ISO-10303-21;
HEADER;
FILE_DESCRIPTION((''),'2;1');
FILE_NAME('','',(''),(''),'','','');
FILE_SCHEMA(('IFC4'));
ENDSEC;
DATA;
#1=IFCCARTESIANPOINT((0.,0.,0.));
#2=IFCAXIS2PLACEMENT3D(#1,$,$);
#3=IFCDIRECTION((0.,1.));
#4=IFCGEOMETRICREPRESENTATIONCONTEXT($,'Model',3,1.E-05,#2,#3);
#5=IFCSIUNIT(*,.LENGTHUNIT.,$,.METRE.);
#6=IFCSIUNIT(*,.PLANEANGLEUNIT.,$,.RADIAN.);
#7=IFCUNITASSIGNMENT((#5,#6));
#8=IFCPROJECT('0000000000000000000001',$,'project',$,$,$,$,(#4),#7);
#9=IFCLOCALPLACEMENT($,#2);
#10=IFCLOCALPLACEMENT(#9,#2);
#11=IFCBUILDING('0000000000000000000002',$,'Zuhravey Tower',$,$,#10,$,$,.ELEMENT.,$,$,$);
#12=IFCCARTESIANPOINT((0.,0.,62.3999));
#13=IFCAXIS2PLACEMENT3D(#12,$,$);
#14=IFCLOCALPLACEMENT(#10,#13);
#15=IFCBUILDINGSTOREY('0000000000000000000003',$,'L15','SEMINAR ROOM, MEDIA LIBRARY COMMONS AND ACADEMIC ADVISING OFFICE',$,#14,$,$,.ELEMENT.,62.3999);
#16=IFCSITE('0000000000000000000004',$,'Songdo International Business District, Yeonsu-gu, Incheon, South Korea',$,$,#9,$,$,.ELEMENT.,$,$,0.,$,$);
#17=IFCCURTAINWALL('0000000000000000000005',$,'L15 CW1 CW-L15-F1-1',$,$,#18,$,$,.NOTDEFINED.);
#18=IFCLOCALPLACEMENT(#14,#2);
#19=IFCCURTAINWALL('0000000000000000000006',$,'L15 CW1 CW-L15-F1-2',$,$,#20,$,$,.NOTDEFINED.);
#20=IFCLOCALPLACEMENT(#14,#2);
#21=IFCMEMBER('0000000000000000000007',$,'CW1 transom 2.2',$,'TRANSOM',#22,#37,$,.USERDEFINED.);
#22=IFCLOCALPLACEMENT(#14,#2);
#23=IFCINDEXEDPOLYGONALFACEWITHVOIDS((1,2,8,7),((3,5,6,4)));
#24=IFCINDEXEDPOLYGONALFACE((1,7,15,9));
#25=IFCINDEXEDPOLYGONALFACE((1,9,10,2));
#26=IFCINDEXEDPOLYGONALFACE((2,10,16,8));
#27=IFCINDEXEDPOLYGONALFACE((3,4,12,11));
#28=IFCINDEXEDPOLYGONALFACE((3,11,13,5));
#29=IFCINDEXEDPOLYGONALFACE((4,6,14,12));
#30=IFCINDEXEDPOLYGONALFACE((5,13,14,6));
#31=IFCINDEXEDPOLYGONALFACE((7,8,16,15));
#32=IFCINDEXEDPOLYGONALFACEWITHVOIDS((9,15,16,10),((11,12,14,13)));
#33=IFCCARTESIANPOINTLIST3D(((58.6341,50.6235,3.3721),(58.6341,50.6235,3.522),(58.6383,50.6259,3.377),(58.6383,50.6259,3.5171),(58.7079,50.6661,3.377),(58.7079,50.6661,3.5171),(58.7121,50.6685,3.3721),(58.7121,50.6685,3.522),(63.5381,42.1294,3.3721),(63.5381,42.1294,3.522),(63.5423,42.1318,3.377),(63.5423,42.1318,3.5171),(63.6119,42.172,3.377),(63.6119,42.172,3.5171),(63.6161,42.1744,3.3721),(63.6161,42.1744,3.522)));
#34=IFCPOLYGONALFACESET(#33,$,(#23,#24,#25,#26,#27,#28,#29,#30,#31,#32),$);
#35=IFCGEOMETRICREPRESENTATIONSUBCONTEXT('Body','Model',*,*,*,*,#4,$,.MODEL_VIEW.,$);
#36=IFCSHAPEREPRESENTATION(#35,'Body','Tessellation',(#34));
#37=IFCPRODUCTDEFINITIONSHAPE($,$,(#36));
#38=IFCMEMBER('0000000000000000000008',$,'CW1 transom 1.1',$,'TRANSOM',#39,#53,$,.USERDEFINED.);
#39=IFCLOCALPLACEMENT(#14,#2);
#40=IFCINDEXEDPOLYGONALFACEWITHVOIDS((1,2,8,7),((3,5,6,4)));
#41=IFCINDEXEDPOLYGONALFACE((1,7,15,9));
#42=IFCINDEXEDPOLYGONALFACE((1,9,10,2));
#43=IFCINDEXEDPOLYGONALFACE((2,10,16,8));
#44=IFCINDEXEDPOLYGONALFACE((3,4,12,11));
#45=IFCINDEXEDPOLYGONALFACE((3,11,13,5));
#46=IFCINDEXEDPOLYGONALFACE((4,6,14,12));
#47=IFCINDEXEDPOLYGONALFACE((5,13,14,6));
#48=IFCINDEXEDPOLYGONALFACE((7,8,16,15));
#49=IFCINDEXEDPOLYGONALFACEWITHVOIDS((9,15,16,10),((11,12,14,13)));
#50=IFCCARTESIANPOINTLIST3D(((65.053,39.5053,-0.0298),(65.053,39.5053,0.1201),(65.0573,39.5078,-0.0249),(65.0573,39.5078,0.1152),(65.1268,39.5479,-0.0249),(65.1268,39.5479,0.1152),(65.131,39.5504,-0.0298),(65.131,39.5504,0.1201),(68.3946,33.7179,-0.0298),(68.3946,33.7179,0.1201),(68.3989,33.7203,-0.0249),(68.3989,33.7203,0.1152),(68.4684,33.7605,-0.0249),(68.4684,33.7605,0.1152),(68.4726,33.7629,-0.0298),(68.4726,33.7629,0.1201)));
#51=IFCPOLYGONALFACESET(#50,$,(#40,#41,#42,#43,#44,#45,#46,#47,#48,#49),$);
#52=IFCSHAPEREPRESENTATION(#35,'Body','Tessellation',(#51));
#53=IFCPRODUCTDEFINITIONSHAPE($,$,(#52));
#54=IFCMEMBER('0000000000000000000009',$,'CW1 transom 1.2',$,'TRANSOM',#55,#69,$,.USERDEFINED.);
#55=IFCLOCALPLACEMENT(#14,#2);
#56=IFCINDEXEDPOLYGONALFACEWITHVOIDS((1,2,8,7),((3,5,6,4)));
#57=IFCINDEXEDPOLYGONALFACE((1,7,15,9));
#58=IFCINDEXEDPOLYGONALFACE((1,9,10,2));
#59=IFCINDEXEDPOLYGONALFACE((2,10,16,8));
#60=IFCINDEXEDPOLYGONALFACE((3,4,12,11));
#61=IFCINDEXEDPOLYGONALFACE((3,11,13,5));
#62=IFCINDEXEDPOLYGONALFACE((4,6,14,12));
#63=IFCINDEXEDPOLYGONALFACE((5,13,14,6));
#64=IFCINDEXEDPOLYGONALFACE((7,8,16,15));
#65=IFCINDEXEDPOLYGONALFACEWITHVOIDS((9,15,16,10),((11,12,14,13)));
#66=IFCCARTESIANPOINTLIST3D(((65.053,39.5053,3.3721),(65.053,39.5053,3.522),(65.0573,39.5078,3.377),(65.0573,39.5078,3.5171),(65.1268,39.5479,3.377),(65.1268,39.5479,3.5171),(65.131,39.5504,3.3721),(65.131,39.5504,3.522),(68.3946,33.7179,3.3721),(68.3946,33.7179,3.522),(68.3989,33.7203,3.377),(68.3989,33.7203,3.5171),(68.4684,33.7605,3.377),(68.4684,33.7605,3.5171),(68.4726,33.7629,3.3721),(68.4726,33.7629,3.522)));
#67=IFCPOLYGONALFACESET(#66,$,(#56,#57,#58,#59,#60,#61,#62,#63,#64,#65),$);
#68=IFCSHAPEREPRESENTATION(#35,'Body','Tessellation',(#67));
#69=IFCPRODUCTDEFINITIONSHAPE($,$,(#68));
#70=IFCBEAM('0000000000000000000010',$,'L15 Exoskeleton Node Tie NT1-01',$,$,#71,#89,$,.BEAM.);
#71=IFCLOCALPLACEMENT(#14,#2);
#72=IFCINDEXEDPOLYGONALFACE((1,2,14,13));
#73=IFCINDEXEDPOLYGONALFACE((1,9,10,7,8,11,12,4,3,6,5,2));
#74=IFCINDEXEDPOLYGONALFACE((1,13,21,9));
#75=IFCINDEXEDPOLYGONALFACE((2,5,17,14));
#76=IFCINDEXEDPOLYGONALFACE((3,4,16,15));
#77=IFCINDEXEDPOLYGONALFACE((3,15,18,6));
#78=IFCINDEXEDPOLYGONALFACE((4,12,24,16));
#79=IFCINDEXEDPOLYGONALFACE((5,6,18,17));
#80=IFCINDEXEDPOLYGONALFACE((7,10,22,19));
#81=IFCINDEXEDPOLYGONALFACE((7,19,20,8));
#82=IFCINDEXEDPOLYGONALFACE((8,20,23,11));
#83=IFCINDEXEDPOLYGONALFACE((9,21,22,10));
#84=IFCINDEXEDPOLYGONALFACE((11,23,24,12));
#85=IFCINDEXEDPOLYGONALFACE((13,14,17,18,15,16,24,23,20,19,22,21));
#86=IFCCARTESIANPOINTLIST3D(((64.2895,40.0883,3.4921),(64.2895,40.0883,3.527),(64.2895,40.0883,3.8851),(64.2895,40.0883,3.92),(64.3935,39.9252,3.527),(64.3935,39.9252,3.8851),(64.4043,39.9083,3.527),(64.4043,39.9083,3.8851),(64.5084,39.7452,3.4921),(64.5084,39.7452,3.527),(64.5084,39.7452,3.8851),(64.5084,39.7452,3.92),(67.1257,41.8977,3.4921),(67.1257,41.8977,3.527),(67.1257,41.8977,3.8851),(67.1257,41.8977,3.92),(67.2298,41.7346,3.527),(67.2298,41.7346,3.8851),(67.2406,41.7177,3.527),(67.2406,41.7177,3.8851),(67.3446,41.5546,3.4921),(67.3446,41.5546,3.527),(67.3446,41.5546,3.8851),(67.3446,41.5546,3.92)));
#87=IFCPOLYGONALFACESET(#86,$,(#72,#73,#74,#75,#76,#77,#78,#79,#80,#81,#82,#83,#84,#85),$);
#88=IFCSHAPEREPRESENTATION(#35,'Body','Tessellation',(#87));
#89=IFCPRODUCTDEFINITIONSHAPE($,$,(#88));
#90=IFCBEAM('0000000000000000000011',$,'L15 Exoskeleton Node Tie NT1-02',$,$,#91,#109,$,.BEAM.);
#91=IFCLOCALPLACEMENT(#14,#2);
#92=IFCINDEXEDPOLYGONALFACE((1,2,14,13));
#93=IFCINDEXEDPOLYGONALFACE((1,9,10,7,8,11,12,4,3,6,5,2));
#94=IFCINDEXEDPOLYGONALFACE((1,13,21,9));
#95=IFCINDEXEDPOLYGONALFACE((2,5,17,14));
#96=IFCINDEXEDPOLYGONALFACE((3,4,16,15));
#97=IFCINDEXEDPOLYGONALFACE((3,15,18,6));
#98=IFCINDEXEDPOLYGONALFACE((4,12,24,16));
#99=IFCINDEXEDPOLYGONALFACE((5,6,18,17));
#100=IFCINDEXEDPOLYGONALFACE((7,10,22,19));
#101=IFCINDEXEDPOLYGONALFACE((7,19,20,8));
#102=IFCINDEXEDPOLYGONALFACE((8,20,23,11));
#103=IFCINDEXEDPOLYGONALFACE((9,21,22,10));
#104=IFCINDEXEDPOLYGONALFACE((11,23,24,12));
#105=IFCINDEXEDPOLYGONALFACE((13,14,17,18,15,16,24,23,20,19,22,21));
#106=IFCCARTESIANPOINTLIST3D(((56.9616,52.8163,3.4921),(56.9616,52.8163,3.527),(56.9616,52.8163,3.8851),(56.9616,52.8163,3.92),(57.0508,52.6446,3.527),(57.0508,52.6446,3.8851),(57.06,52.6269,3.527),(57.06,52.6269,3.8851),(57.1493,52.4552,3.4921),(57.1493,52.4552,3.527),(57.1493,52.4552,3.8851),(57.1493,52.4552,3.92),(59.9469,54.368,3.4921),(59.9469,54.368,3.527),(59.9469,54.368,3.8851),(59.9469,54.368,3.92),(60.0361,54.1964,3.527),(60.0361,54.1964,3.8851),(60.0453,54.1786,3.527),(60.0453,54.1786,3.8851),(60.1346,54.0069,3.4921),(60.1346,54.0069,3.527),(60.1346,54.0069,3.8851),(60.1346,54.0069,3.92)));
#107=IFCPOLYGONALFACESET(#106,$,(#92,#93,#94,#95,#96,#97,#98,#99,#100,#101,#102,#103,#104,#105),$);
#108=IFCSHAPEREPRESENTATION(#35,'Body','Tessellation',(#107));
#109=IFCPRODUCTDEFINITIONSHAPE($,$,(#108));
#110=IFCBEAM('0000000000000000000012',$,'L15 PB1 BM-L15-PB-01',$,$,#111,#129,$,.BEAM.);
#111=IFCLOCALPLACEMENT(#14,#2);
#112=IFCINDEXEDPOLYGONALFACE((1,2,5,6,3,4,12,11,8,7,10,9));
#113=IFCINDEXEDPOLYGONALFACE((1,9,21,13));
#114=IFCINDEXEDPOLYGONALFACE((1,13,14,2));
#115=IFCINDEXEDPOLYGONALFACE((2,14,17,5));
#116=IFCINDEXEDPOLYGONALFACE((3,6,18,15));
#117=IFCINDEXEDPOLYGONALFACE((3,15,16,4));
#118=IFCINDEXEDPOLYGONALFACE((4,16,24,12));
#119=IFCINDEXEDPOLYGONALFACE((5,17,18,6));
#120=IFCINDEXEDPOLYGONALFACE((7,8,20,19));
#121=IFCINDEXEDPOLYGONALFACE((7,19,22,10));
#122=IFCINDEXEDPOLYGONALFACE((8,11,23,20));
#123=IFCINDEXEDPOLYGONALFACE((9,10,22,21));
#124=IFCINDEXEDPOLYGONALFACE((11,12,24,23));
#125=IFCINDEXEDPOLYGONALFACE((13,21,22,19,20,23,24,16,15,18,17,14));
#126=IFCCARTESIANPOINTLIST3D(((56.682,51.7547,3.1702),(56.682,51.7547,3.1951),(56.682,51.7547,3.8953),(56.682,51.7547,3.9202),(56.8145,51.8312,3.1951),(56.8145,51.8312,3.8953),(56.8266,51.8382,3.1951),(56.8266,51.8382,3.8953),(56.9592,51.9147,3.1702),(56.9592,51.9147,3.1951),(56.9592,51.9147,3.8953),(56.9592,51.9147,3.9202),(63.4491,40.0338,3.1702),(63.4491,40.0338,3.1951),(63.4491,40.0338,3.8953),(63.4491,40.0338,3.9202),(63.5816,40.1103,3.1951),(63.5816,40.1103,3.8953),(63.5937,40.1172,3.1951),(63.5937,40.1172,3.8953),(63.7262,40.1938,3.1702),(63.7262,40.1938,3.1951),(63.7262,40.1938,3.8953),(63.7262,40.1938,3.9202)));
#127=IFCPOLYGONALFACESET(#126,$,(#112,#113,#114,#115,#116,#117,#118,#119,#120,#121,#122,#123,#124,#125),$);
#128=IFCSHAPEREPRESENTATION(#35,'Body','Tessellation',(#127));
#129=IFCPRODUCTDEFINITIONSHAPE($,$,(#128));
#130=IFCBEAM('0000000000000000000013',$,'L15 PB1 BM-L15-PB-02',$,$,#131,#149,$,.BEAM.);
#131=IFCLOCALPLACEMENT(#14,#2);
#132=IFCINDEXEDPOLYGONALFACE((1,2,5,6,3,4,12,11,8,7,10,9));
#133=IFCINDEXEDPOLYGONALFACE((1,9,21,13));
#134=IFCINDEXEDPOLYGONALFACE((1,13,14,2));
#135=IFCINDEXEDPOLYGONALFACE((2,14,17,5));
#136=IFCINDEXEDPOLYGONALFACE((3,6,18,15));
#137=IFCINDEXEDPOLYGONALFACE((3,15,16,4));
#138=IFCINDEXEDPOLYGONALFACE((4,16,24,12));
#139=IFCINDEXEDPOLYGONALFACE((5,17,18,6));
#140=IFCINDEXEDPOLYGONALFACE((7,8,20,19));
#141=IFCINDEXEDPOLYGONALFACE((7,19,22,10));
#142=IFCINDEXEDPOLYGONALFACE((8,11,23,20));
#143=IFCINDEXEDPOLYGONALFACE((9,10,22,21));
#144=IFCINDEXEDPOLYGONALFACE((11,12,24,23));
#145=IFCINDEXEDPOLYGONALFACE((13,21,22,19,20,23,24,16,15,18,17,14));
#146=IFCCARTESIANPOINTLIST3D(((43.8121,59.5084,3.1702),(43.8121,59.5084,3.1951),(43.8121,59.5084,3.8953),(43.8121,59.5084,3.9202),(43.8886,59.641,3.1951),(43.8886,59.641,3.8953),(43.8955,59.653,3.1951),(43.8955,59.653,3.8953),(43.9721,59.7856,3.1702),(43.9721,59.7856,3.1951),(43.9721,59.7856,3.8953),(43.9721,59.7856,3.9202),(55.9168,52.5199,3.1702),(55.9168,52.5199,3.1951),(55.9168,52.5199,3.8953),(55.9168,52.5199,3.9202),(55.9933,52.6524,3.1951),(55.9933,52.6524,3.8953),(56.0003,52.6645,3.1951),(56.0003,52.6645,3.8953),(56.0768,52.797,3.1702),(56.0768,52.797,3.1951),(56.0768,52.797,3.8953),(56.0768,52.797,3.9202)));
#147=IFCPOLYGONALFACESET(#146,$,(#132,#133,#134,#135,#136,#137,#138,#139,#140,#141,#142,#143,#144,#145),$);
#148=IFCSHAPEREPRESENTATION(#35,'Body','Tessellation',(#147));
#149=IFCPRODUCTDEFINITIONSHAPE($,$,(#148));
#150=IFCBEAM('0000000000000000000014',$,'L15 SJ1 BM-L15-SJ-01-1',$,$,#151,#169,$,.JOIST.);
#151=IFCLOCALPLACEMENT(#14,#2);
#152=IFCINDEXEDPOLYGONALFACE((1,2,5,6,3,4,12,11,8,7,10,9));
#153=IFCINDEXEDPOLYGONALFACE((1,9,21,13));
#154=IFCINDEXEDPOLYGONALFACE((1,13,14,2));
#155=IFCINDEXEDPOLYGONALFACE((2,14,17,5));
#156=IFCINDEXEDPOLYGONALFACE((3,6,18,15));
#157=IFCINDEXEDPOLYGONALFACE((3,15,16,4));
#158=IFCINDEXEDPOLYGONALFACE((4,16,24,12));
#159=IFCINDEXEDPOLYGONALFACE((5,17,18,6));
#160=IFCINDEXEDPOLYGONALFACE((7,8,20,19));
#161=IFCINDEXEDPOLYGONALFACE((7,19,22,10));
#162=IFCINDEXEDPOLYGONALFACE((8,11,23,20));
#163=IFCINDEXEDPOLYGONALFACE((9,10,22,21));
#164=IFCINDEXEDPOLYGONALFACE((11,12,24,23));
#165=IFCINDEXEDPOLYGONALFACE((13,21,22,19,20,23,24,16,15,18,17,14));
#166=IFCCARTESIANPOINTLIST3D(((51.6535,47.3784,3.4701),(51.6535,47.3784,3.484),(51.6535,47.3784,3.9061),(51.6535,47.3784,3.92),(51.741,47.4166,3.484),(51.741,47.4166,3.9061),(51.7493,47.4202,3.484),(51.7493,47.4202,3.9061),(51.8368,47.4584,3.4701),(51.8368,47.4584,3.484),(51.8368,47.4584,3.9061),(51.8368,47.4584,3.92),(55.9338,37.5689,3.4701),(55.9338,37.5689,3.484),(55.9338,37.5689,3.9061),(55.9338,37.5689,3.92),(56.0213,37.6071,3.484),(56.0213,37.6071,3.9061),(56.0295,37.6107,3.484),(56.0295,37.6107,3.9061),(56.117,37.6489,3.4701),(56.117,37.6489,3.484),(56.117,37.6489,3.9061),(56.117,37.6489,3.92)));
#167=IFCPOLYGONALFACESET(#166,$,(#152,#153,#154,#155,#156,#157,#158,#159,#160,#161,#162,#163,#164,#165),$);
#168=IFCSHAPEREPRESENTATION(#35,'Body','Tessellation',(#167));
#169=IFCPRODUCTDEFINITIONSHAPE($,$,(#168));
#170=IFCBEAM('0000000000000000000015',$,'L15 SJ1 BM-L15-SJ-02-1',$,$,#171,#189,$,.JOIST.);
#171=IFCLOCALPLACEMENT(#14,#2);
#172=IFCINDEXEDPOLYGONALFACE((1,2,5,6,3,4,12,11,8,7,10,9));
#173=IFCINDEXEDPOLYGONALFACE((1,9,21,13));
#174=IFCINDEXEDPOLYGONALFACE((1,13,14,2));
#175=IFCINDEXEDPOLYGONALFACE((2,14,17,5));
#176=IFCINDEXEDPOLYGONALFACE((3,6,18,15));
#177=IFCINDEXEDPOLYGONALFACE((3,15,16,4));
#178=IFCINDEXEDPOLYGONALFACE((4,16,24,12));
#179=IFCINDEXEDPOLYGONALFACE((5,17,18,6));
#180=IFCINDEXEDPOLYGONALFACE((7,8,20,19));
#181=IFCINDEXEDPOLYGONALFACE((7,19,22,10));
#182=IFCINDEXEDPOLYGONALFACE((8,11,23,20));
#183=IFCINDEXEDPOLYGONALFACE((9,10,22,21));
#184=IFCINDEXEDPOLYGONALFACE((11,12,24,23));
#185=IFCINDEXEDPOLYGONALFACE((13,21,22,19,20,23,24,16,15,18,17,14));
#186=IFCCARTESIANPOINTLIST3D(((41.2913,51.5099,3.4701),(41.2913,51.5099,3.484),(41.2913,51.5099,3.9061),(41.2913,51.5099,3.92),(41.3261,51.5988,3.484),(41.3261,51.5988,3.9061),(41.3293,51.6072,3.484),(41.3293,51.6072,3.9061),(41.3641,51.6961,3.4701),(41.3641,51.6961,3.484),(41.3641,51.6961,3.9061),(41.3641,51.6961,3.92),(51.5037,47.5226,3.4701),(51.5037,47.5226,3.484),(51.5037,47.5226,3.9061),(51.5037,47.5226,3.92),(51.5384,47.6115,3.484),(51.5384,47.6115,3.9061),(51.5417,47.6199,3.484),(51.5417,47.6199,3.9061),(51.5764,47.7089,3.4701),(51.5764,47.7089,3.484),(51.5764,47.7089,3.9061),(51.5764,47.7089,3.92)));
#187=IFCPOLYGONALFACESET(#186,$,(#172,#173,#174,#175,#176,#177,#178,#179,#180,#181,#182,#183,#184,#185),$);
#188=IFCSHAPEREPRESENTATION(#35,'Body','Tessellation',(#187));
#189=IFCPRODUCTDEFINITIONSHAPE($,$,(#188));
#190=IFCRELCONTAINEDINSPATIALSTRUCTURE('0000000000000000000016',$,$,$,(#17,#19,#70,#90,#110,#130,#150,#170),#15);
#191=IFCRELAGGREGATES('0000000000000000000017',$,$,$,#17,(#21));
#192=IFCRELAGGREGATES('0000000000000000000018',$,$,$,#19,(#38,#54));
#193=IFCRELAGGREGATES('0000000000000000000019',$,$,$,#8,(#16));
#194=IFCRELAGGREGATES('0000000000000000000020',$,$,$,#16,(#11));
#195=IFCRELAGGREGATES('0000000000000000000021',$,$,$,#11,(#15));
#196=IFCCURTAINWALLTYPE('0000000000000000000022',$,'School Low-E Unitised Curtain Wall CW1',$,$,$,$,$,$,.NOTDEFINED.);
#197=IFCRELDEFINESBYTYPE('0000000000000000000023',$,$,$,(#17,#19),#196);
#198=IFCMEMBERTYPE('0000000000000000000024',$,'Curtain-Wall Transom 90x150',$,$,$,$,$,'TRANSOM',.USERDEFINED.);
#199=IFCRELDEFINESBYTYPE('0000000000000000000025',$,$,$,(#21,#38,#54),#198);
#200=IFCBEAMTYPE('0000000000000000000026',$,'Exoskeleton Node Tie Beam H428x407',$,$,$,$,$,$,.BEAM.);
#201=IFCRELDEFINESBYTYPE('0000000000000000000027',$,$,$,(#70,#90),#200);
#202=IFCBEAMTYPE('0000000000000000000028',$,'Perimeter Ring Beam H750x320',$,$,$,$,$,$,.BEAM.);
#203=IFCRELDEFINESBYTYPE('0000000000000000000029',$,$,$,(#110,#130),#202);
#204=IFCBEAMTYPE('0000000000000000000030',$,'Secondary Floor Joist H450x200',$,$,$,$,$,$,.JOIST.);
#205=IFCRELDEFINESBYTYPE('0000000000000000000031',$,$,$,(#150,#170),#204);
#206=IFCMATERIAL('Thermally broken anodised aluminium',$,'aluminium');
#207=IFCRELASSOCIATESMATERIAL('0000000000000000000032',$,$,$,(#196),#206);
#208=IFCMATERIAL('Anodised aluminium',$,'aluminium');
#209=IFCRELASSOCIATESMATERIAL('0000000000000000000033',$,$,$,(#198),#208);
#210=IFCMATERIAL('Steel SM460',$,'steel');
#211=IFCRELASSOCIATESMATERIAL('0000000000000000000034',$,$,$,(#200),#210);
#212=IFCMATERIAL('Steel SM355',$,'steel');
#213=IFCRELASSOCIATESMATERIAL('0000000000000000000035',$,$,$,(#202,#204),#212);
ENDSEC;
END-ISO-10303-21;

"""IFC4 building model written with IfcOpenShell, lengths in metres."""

from ifc_helpers import new_model, si_unit, direction, frame, origin, origin_2d, place, context, subcontext, project, spatial, hollow_rectangle, i_section, extrude, material, material_profile, profile_set, type_object, element, aggregate, save


model = new_model("IFC4")

# Units and contexts
model_context = context("Model", 3, precision=1e-05, world=origin(), true_north=direction((0.0, 1.0)))
body_context = subcontext(model_context, "Body", "Model", "MODEL_VIEW")
ifc_project = project(units=[si_unit("LENGTHUNIT", "METRE"), si_unit("PLANEANGLEUNIT", "RADIAN")], contexts=[model_context])

# Site, building, storey
site_placement = place(None, origin())
site = spatial("IfcSite", under=ifc_project, at=site_placement, Name="Songdo International Business District, Yeonsu-gu, Incheon, South Korea", CompositionType="ELEMENT", RefElevation=0.0)
building_placement = place(site_placement, origin())
building = spatial("IfcBuilding", under=site, at=building_placement, Name="Zuhravey Tower", CompositionType="ELEMENT")
storey_placement = place(building_placement, frame((0.0, 0.0, 62.3999)))
storey = spatial("IfcBuildingStorey", under=building, at=storey_placement, Name="L15", Description="SEMINAR ROOM, MEDIA LIBRARY COMMONS AND ACADEMIC ADVISING OFFICE", CompositionType="ELEMENT", Elevation=62.3999)

# Shared definitions
ifc_material_1 = material(Name="Thermally broken anodised aluminium", Category="aluminium")
curtain_wall_type = type_object("IfcCurtainWallType", Name="School Low-E Unitised Curtain Wall CW1", PredefinedType="NOTDEFINED", material=ifc_material_1)
ifc_material_2 = material(Name="Anodised aluminium", Category="aluminium")

# Curtain walls
curtain_wall_1_placement = place(storey_placement, origin())
curtain_wall_1 = element("IfcCurtainWall", 1, at=curtain_wall_1_placement, inside=storey, type_object=curtain_wall_type, Name="L15 CW1 CW-L15-F1-1", PredefinedType="NOTDEFINED")
curtain_wall_2_placement = place(storey_placement, origin())
curtain_wall_2 = element("IfcCurtainWall", 2, at=curtain_wall_2_placement, inside=storey, type_object=curtain_wall_type, Name="L15 CW1 CW-L15-F1-2", PredefinedType="NOTDEFINED")

# Members
ifc_material_profile_1 = material_profile(ifc_material_2, hollow_rectangle(XDim=0.0901, YDim=0.1499, WallThickness=0.0049, at=origin_2d()), Name="ALU-RHS-90x150x5")
ifc_profile_set_1 = profile_set([ifc_material_profile_1], Name="Anodised aluminium")
member_type_1 = type_object("IfcMemberType", Name="Curtain-Wall Transom 90x150", ElementType="TRANSOM", PredefinedType="USERDEFINED", material=ifc_profile_set_1)
member_1_placement = place(storey_placement, frame((58.6731, 50.646, 3.447), z_axis=(0.499997, -0.866027, 0.0), x_axis=(0.866027, 0.499997, 0.0)))
member_1 = element("IfcMember", 3, at=member_1_placement, type_object=member_type_1, Name="CW1 transom 2.2", ObjectType="TRANSOM", PredefinedType="USERDEFINED", context=body_context, shape_type="SweptSolid", body=[
    extrude(hollow_rectangle(XDim=0.0901, YDim=0.1499, WallThickness=0.0049, at=origin_2d()), origin(), (0.0, 0.0, 1.0), 9.8081),
])
member_2_placement = place(storey_placement, frame((65.092, 39.5278, 0.0452), z_axis=(0.500025, -0.866011, 0.0), x_axis=(0.866011, 0.500025, 0.0)))
member_2 = element("IfcMember", 4, at=member_2_placement, type_object=member_type_1, Name="CW1 transom 1.1", ObjectType="TRANSOM", PredefinedType="USERDEFINED", context=body_context, shape_type="SweptSolid", body=[
    extrude(hollow_rectangle(XDim=0.0901, YDim=0.1499, WallThickness=0.0049, at=origin_2d()), origin(), (0.0, 0.0, 1.0), 6.6829),
])
member_3_placement = place(storey_placement, frame((65.092, 39.5278, 3.447), z_axis=(0.500025, -0.866011, 0.0), x_axis=(0.866011, 0.500025, 0.0)))
member_3 = element("IfcMember", 5, at=member_3_placement, type_object=member_type_1, Name="CW1 transom 1.2", ObjectType="TRANSOM", PredefinedType="USERDEFINED", context=body_context, shape_type="SweptSolid", body=[
    extrude(hollow_rectangle(XDim=0.0901, YDim=0.1499, WallThickness=0.0049, at=origin_2d()), origin(), (0.0, 0.0, 1.0), 6.6829),
])

# Beams
ifc_material_3 = material(Name="Steel SM460", Category="steel")
ifc_material_profile_2 = material_profile(ifc_material_3, i_section(OverallWidth=0.407, OverallDepth=0.428, WebThickness=0.02, FlangeThickness=0.0349, at=origin_2d()), Name="H-428x407x20x35")
ifc_profile_set_2 = profile_set([ifc_material_profile_2], Name="Steel SM460")
beam_type_1 = type_object("IfcBeamType", Name="Exoskeleton Node Tie Beam H428x407", PredefinedType="BEAM", material=ifc_profile_set_2)
beam_1_placement = place(storey_placement, frame((64.3989, 39.9167, 3.7061), z_axis=(0.843057, 0.537824, 0.0), x_axis=(-0.537824, 0.843057, 0.0)))
element("IfcBeam", 6, at=beam_1_placement, inside=storey, type_object=beam_type_1, Name="L15 Exoskeleton Node Tie NT1-01", PredefinedType="BEAM", context=body_context, shape_type="SweptSolid", body=[
    extrude(i_section(OverallWidth=0.407, OverallDepth=0.428, WebThickness=0.02, FlangeThickness=0.0349, at=origin_2d()), origin(), (0.0, 0.0, 1.0), 3.3643),
])
beam_2_placement = place(storey_placement, frame((57.0554, 52.6357, 3.7061), z_axis=(0.887293, 0.461207, 0.0), x_axis=(-0.461207, 0.887293, 0.0)))
element("IfcBeam", 7, at=beam_2_placement, inside=storey, type_object=beam_type_1, Name="L15 Exoskeleton Node Tie NT1-02", PredefinedType="BEAM", context=body_context, shape_type="SweptSolid", body=[
    extrude(i_section(OverallWidth=0.407, OverallDepth=0.428, WebThickness=0.02, FlangeThickness=0.0349, at=origin_2d()), origin(), (0.0, 0.0, 1.0), 3.3645),
])
ifc_material_4 = material(Name="Steel SM355", Category="steel")
ifc_material_profile_3 = material_profile(ifc_material_4, i_section(OverallWidth=0.3201, OverallDepth=0.75, WebThickness=0.0139, FlangeThickness=0.0249, at=origin_2d()), Name="H-750x320x14x25")
ifc_profile_set_3 = profile_set([ifc_material_profile_3], Name="Steel SM355")
beam_type_2 = type_object("IfcBeamType", Name="Perimeter Ring Beam H750x320", PredefinedType="BEAM", material=ifc_profile_set_3)
beam_3_placement = place(storey_placement, frame((63.5876, 40.1138, 3.5452), z_axis=(-0.5, 0.866025, 0.0), x_axis=(-0.866025, -0.5, 0.0)))
element("IfcBeam", 8, at=beam_3_placement, inside=storey, type_object=beam_type_2, Name="L15 PB1 BM-L15-PB-01", PredefinedType="BEAM", context=body_context, shape_type="SweptSolid", body=[
    extrude(i_section(OverallWidth=0.3201, OverallDepth=0.75, WebThickness=0.0139, FlangeThickness=0.0249, at=origin_2d()), origin(), (0.0, 0.0, 1.0), 13.5342),
])
beam_4_placement = place(storey_placement, frame((55.9968, 52.6584, 3.5452), z_axis=(-0.86603, 0.499992, 0.0), x_axis=(-0.499992, -0.86603, 0.0)))
element("IfcBeam", 9, at=beam_4_placement, inside=storey, type_object=beam_type_2, Name="L15 PB1 BM-L15-PB-02", PredefinedType="BEAM", context=body_context, shape_type="SweptSolid", body=[
    extrude(i_section(OverallWidth=0.3201, OverallDepth=0.75, WebThickness=0.0139, FlangeThickness=0.0249, at=origin_2d()), origin(), (0.0, 0.0, 1.0), 13.9773),
])
ifc_material_profile_4 = material_profile(ifc_material_4, i_section(OverallWidth=0.2, OverallDepth=0.45, WebThickness=0.009, FlangeThickness=0.0139, at=origin_2d()), Name="H-450x200x9x14")
ifc_profile_set_4 = profile_set([ifc_material_profile_4], Name="Steel SM355")
beam_type_3 = type_object("IfcBeamType", Name="Secondary Floor Joist H450x200", PredefinedType="JOIST", material=ifc_profile_set_4)
beam_5_placement = place(storey_placement, frame((56.0254, 37.6089, 3.6951), z_axis=(-0.399924, 0.916549, 0.0), x_axis=(-0.916549, -0.399924, 0.0)))
element("IfcBeam", 10, at=beam_5_placement, inside=storey, type_object=beam_type_3, Name="L15 SJ1 BM-L15-SJ-01-1", PredefinedType="JOIST", context=body_context, shape_type="SweptSolid", body=[
    extrude(i_section(OverallWidth=0.2, OverallDepth=0.45, WebThickness=0.009, FlangeThickness=0.0139, at=origin_2d()), origin(), (0.0, 0.0, 1.0), 10.7026),
])
beam_6_placement = place(storey_placement, frame((51.54, 47.6157, 3.6951), z_axis=(-0.931517, 0.363699, 0.0), x_axis=(-0.363699, -0.931517, 0.0)))
element("IfcBeam", 11, at=beam_6_placement, inside=storey, type_object=beam_type_3, Name="L15 SJ1 BM-L15-SJ-02-1", PredefinedType="JOIST", context=body_context, shape_type="SweptSolid", body=[
    extrude(i_section(OverallWidth=0.2, OverallDepth=0.45, WebThickness=0.009, FlangeThickness=0.0139, at=origin_2d()), origin(), (0.0, 0.0, 1.0), 10.9631),
])

aggregate(curtain_wall_1, [member_1])
aggregate(curtain_wall_2, [member_2, member_3])

save(model, "model.ifc")
